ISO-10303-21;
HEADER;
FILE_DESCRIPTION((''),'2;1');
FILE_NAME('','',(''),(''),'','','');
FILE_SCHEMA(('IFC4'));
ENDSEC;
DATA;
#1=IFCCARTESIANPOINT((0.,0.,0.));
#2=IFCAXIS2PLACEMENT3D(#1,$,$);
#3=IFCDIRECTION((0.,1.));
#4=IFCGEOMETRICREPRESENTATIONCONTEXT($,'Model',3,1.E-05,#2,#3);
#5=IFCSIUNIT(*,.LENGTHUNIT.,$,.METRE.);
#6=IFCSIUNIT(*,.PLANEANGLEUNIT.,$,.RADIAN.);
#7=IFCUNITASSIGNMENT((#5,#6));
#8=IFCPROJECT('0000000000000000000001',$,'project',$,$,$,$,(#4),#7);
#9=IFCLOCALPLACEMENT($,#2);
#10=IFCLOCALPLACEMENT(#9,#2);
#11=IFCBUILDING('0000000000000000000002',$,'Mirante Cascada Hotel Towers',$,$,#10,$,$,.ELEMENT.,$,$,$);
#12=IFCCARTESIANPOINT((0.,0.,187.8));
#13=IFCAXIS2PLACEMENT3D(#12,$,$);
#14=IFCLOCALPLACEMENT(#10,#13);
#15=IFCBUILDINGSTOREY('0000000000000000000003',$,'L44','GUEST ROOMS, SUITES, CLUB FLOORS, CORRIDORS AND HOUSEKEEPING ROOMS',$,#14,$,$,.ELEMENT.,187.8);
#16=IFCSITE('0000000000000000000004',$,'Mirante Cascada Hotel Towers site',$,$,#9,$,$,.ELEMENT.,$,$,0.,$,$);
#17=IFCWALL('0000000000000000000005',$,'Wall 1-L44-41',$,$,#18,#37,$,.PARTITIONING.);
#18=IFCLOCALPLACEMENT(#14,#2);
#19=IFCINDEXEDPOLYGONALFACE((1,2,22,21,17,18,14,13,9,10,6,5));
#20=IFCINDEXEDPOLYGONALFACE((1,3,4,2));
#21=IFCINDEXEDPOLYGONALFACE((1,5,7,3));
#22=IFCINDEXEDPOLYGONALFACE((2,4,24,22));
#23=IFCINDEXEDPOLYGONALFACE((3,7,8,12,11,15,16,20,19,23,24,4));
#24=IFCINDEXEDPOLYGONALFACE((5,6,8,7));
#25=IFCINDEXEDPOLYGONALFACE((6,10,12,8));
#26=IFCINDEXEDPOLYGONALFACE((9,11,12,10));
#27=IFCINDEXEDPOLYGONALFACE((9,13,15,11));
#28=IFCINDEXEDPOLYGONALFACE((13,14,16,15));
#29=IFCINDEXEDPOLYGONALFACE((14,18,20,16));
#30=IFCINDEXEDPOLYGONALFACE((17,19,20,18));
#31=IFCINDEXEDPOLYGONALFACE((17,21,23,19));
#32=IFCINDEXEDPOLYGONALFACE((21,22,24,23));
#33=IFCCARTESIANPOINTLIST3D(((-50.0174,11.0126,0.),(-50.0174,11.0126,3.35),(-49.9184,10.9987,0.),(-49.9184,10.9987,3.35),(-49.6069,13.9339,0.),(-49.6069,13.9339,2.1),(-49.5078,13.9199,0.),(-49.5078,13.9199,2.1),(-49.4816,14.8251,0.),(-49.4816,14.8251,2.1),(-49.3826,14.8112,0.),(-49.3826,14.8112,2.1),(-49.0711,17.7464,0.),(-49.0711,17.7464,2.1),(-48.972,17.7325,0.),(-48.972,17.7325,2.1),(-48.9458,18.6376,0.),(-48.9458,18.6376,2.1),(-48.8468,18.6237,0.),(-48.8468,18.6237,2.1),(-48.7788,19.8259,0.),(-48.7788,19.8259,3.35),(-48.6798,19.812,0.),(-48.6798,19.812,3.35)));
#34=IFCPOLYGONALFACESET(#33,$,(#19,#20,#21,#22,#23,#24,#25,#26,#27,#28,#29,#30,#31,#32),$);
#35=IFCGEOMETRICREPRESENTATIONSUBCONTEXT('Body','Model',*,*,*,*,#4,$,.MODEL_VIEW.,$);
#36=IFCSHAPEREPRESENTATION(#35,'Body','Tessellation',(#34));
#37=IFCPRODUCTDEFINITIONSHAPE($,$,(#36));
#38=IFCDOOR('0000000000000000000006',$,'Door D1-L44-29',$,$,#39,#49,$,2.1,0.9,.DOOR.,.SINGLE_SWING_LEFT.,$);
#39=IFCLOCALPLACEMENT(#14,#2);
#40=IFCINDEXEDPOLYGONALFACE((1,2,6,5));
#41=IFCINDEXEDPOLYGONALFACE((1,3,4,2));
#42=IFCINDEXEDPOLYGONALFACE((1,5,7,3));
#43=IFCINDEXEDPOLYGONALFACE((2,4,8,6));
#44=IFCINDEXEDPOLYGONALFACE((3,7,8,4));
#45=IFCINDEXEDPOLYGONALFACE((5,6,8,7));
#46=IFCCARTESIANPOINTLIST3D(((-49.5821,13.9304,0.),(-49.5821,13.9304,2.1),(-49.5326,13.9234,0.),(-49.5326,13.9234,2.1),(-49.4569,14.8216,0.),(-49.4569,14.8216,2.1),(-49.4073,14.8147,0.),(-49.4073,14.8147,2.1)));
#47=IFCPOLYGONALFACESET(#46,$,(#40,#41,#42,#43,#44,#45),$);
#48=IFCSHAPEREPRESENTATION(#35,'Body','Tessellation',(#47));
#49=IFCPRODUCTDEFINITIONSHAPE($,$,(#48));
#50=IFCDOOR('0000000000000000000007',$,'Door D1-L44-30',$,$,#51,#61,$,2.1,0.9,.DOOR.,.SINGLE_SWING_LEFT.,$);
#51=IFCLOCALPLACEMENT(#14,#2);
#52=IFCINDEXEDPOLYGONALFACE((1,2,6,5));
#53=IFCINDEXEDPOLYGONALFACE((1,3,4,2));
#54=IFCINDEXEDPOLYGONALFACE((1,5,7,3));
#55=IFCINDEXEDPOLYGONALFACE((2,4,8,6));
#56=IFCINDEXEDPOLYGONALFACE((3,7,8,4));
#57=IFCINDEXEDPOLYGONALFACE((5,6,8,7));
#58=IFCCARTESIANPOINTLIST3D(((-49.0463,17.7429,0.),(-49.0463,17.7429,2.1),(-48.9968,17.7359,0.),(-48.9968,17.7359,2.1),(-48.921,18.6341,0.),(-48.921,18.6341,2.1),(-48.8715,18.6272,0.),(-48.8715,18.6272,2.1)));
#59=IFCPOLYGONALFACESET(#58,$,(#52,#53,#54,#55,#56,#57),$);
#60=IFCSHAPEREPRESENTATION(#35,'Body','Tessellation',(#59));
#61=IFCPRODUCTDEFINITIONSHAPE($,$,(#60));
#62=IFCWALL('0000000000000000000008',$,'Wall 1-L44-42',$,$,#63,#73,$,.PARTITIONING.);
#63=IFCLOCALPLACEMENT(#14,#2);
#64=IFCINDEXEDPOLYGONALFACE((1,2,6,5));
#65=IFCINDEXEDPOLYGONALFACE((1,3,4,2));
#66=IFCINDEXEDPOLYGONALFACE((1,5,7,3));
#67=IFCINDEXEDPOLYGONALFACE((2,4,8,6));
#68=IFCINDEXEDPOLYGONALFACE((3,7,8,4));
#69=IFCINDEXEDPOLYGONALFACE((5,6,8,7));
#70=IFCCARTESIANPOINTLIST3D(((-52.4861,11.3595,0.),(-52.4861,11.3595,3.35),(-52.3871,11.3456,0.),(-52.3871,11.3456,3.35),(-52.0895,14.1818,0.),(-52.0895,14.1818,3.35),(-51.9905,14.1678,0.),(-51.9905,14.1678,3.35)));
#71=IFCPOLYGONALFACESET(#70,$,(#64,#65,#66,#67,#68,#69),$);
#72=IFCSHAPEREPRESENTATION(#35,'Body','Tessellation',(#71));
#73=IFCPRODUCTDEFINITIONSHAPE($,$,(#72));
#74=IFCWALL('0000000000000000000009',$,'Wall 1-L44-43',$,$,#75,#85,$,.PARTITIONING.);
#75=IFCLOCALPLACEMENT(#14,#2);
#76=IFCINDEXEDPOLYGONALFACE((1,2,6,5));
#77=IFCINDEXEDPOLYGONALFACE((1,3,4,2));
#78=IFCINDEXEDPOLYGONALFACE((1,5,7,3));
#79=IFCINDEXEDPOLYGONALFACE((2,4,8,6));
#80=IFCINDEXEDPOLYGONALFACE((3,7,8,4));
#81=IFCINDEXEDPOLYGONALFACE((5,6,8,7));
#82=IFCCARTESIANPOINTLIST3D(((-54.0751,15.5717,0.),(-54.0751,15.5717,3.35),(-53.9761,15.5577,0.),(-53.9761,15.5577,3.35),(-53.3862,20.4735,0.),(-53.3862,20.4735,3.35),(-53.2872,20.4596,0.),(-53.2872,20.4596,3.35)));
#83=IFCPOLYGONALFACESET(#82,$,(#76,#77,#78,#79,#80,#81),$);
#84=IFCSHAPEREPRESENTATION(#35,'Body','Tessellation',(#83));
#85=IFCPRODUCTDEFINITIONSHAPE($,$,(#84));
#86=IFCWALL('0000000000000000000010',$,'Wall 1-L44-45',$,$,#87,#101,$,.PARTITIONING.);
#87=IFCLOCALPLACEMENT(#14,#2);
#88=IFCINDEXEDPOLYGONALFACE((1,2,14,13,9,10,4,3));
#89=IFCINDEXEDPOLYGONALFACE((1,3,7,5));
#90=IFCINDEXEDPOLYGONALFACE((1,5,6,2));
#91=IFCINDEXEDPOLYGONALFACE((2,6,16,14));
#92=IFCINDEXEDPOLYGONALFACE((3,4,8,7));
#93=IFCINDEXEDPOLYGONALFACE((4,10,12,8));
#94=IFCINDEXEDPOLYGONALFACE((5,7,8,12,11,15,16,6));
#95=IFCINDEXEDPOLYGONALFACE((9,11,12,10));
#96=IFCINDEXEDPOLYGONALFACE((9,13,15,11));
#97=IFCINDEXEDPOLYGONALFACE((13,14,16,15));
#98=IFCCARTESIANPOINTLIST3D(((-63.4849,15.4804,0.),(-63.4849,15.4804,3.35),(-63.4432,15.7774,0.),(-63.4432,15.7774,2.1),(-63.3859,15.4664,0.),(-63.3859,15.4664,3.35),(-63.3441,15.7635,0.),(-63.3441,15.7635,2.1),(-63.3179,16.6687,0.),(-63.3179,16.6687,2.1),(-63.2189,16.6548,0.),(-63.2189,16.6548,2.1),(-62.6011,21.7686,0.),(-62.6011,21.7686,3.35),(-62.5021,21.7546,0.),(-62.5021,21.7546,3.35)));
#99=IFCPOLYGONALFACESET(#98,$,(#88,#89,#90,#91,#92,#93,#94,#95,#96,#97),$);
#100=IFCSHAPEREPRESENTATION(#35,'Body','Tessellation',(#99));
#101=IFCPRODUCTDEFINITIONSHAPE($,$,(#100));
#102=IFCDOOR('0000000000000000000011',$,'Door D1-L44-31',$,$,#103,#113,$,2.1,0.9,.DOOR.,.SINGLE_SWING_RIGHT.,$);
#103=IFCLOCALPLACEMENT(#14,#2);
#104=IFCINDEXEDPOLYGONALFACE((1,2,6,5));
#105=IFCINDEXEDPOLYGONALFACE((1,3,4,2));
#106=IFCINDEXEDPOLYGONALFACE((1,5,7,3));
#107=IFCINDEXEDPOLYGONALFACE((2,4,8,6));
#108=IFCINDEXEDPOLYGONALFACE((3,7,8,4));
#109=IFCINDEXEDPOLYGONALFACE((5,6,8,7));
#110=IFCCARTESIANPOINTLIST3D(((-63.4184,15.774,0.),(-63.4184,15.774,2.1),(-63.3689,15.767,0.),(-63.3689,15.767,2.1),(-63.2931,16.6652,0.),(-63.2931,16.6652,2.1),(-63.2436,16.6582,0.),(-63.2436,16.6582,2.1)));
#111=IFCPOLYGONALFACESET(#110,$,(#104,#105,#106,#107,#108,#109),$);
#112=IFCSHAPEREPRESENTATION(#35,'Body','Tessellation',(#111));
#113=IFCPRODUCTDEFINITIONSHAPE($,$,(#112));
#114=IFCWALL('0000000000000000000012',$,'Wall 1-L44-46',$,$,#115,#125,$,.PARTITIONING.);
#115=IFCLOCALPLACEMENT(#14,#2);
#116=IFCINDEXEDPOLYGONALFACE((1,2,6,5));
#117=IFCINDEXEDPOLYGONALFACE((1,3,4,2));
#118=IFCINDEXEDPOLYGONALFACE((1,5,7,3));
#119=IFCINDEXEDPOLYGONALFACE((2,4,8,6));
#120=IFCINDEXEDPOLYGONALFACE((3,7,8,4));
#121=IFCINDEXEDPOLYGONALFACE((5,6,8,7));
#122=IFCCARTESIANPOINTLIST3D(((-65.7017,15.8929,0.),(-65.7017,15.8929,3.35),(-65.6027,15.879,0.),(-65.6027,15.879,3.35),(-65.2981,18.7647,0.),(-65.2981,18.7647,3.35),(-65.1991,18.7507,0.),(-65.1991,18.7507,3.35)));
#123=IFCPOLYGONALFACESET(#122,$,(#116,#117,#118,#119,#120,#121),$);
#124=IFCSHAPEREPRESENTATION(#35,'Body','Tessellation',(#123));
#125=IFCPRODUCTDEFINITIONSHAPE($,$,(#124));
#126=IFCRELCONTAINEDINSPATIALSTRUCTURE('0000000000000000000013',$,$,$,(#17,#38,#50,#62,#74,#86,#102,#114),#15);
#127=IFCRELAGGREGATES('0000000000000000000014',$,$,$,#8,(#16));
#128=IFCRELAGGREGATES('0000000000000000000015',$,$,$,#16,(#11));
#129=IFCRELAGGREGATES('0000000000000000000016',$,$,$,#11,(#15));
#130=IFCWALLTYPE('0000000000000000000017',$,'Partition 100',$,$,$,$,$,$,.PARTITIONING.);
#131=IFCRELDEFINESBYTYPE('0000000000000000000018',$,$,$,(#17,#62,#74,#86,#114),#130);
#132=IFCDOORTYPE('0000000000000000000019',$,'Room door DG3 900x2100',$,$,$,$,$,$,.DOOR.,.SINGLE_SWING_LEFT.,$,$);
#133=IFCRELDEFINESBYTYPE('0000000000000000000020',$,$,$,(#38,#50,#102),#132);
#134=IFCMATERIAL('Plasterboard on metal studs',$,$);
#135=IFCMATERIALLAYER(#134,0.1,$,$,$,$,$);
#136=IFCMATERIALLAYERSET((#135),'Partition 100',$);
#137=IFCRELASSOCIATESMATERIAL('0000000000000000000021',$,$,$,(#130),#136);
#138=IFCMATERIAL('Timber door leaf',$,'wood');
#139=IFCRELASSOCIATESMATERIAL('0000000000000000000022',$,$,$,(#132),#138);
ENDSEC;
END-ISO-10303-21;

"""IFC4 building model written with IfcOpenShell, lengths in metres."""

from ifc_helpers import new_model, si_unit, direction, frame, frame_2d, origin, place, context, subcontext, project, spatial, rectangle, extrude, material, layer, layer_set, type_object, element, fill, save


model = new_model("IFC4")

# Units and contexts
model_context = context("Model", 3, precision=1e-05, world=origin(), true_north=direction((0.0, 1.0)))
body_context = subcontext(model_context, "Body", "Model", "MODEL_VIEW")
ifc_project = project(units=[si_unit("LENGTHUNIT", "METRE"), si_unit("PLANEANGLEUNIT", "RADIAN")], contexts=[model_context])

# Site, building, storey
site_placement = place(None, origin())
site = spatial("IfcSite", under=ifc_project, at=site_placement, Name="Mirante Cascada Hotel Towers site", CompositionType="ELEMENT", RefElevation=0.0)
building_placement = place(site_placement, origin())
building = spatial("IfcBuilding", under=site, at=building_placement, Name="Mirante Cascada Hotel Towers", CompositionType="ELEMENT")
storey_placement = place(building_placement, frame((0.0, 0.0, 187.8)))
storey = spatial("IfcBuildingStorey", under=building, at=storey_placement, Name="L44", Description="GUEST ROOMS, SUITES, CLUB FLOORS, CORRIDORS AND HOUSEKEEPING ROOMS", CompositionType="ELEMENT", Elevation=187.8)

# Shared definitions
ifc_material_1 = material(Name="Plasterboard on metal studs")
ifc_layer_1 = layer(ifc_material_1, 0.1)
ifc_layer_set_1 = layer_set([ifc_layer_1], Name="Partition 100")
wall_type_1 = type_object("IfcWallType", Name="Partition 100", PredefinedType="PARTITIONING", material=ifc_layer_set_1)

# Shared definitions
ifc_material_2 = material(Name="Timber door leaf", Category="wood")
door_type_1 = type_object("IfcDoorType", Name="Room door DG3 900x2100", OperationType="SINGLE_SWING_LEFT", PredefinedType="DOOR", material=ifc_material_2)

# Wall, openings, doors
wall_1_placement = place(storey_placement, frame((-49.9679, 11.0056, 0.0), z_axis=(0.0, 0.0, 1.0), x_axis=(0.13917, 0.990268, 0.0)))
wall_1 = element("IfcWall", 1, at=wall_1_placement, inside=storey, type_object=wall_type_1, Name="Wall 1-L44-41", PredefinedType="PARTITIONING", context=body_context, shape_type="SweptSolid", body=[
    extrude(rectangle(XDim=8.8999, YDim=0.1, at=frame_2d((4.45, 0.0))), origin(), (0.0, 0.0, 1.0), 3.35),
])
opening_1_placement = place(wall_1_placement, frame((2.95, 0.0, 0.0)))
opening_1 = element("IfcOpeningElement", 2, at=opening_1_placement, cuts=wall_1, PredefinedType="OPENING", context=body_context, shape_type="SweptSolid", body=[
    extrude(rectangle(XDim=0.9, YDim=2.1, at=frame_2d((0.45, 1.05))), frame((0.0, 0.05, 0.0), z_axis=(0.0, -1.0, 0.0), x_axis=(1.0, 0.0, 0.0)), (0.0, 0.0, 1.0), 0.1),
])
opening_2_placement = place(wall_1_placement, frame((6.8, 0.0, 0.0)))
opening_2 = element("IfcOpeningElement", 3, at=opening_2_placement, cuts=wall_1, PredefinedType="OPENING", context=body_context, shape_type="SweptSolid", body=[
    extrude(rectangle(XDim=0.9, YDim=2.1, at=frame_2d((0.45, 1.05))), frame((0.0, 0.05, 0.0), z_axis=(0.0, -1.0, 0.0), x_axis=(1.0, 0.0, 0.0)), (0.0, 0.0, 1.0), 0.1),
])
door_1_placement = place(opening_1_placement, origin())
door_1 = element("IfcDoor", 4, at=door_1_placement, inside=storey, type_object=door_type_1, Name="Door D1-L44-29", OperationType="SINGLE_SWING_LEFT", OverallHeight=2.1, OverallWidth=0.9, PredefinedType="DOOR", context=body_context, shape_type="SweptSolid", body=[
    extrude(rectangle(XDim=0.9, YDim=2.1, at=frame_2d((0.45, 1.05))), frame((0.0, 0.025, 0.0), z_axis=(0.0, -1.0, 0.0), x_axis=(1.0, 0.0, 0.0)), (0.0, 0.0, 1.0), 0.05),
])
fill(opening_1, door_1)
door_2_placement = place(opening_2_placement, origin())
door_2 = element("IfcDoor", 5, at=door_2_placement, inside=storey, type_object=door_type_1, Name="Door D1-L44-30", OperationType="SINGLE_SWING_LEFT", OverallHeight=2.1, OverallWidth=0.9, PredefinedType="DOOR", context=body_context, shape_type="SweptSolid", body=[
    extrude(rectangle(XDim=0.9, YDim=2.1, at=frame_2d((0.45, 1.05))), frame((0.0, 0.025, 0.0), z_axis=(0.0, -1.0, 0.0), x_axis=(1.0, 0.0, 0.0)), (0.0, 0.0, 1.0), 0.05),
])
fill(opening_2, door_2)

# Walls
wall_2_placement = place(storey_placement, frame((-52.04, 14.1748, 0.0), z_axis=(0.0, 0.0, 1.0), x_axis=(-0.139156, -0.99027, 0.0)))
element("IfcWall", 6, at=wall_2_placement, inside=storey, type_object=wall_type_1, Name="Wall 1-L44-42", PredefinedType="PARTITIONING", context=body_context, shape_type="SweptSolid", body=[
    extrude(rectangle(XDim=2.85, YDim=0.1, at=frame_2d((1.425, 0.0))), origin(), (0.0, 0.0, 1.0), 3.35),
])
wall_3_placement = place(storey_placement, frame((-54.0256, 15.5647, 0.0), z_axis=(0.0, 0.0, 1.0), x_axis=(0.139173, 0.990268, 0.0)))
element("IfcWall", 7, at=wall_3_placement, inside=storey, type_object=wall_type_1, Name="Wall 1-L44-43", PredefinedType="PARTITIONING", context=body_context, shape_type="SweptSolid", body=[
    extrude(rectangle(XDim=4.95, YDim=0.1, at=frame_2d((2.475, 0.0))), origin(), (0.0, 0.0, 1.0), 3.35),
])

# Wall, opening, door
wall_4_placement = place(storey_placement, frame((-63.4354, 15.4734, 0.0), z_axis=(0.0, 0.0, 1.0), x_axis=(0.139181, 0.990267, 0.0)))
wall_4 = element("IfcWall", 8, at=wall_4_placement, inside=storey, type_object=wall_type_1, Name="Wall 1-L44-45", PredefinedType="PARTITIONING", context=body_context, shape_type="SweptSolid", body=[
    extrude(rectangle(XDim=6.35, YDim=0.1, at=frame_2d((3.175, 0.0))), origin(), (0.0, 0.0, 1.0), 3.35),
])
opening_3_placement = place(wall_4_placement, frame((0.3, 0.0, 0.0)))
opening_3 = element("IfcOpeningElement", 9, at=opening_3_placement, cuts=wall_4, PredefinedType="OPENING", context=body_context, shape_type="SweptSolid", body=[
    extrude(rectangle(XDim=0.9, YDim=2.1, at=frame_2d((0.45, 1.05))), frame((0.0, 0.05, 0.0), z_axis=(0.0, -1.0, 0.0), x_axis=(1.0, 0.0, 0.0)), (0.0, 0.0, 1.0), 0.1),
])
door_3_placement = place(opening_3_placement, frame((0.9, 0.0, 0.0), z_axis=(0.0, 0.0, 1.0), x_axis=(-1.0, 0.0, 0.0)))
door_3 = element("IfcDoor", 10, at=door_3_placement, inside=storey, type_object=door_type_1, Name="Door D1-L44-31", OperationType="SINGLE_SWING_RIGHT", OverallHeight=2.1, OverallWidth=0.9, PredefinedType="DOOR", context=body_context, shape_type="SweptSolid", body=[
    extrude(rectangle(XDim=0.9, YDim=2.1, at=frame_2d((0.45, 1.05))), frame((0.0, 0.025, 0.0), z_axis=(0.0, -1.0, 0.0), x_axis=(1.0, 0.0, 0.0)), (0.0, 0.0, 1.0), 0.05),
])
fill(opening_3, door_3)

# Wall
wall_5_placement = place(storey_placement, frame((-65.2486, 18.7577, 0.0), z_axis=(0.0, 0.0, 1.0), x_axis=(-0.139171, -0.990268, 0.0)))
element("IfcWall", 11, at=wall_5_placement, inside=storey, type_object=wall_type_1, Name="Wall 1-L44-46", PredefinedType="PARTITIONING", context=body_context, shape_type="SweptSolid", body=[
    extrude(rectangle(XDim=2.9, YDim=0.1, at=frame_2d((1.45, 0.0))), origin(), (0.0, 0.0, 1.0), 3.35),
])

save(model, "model.ifc")
